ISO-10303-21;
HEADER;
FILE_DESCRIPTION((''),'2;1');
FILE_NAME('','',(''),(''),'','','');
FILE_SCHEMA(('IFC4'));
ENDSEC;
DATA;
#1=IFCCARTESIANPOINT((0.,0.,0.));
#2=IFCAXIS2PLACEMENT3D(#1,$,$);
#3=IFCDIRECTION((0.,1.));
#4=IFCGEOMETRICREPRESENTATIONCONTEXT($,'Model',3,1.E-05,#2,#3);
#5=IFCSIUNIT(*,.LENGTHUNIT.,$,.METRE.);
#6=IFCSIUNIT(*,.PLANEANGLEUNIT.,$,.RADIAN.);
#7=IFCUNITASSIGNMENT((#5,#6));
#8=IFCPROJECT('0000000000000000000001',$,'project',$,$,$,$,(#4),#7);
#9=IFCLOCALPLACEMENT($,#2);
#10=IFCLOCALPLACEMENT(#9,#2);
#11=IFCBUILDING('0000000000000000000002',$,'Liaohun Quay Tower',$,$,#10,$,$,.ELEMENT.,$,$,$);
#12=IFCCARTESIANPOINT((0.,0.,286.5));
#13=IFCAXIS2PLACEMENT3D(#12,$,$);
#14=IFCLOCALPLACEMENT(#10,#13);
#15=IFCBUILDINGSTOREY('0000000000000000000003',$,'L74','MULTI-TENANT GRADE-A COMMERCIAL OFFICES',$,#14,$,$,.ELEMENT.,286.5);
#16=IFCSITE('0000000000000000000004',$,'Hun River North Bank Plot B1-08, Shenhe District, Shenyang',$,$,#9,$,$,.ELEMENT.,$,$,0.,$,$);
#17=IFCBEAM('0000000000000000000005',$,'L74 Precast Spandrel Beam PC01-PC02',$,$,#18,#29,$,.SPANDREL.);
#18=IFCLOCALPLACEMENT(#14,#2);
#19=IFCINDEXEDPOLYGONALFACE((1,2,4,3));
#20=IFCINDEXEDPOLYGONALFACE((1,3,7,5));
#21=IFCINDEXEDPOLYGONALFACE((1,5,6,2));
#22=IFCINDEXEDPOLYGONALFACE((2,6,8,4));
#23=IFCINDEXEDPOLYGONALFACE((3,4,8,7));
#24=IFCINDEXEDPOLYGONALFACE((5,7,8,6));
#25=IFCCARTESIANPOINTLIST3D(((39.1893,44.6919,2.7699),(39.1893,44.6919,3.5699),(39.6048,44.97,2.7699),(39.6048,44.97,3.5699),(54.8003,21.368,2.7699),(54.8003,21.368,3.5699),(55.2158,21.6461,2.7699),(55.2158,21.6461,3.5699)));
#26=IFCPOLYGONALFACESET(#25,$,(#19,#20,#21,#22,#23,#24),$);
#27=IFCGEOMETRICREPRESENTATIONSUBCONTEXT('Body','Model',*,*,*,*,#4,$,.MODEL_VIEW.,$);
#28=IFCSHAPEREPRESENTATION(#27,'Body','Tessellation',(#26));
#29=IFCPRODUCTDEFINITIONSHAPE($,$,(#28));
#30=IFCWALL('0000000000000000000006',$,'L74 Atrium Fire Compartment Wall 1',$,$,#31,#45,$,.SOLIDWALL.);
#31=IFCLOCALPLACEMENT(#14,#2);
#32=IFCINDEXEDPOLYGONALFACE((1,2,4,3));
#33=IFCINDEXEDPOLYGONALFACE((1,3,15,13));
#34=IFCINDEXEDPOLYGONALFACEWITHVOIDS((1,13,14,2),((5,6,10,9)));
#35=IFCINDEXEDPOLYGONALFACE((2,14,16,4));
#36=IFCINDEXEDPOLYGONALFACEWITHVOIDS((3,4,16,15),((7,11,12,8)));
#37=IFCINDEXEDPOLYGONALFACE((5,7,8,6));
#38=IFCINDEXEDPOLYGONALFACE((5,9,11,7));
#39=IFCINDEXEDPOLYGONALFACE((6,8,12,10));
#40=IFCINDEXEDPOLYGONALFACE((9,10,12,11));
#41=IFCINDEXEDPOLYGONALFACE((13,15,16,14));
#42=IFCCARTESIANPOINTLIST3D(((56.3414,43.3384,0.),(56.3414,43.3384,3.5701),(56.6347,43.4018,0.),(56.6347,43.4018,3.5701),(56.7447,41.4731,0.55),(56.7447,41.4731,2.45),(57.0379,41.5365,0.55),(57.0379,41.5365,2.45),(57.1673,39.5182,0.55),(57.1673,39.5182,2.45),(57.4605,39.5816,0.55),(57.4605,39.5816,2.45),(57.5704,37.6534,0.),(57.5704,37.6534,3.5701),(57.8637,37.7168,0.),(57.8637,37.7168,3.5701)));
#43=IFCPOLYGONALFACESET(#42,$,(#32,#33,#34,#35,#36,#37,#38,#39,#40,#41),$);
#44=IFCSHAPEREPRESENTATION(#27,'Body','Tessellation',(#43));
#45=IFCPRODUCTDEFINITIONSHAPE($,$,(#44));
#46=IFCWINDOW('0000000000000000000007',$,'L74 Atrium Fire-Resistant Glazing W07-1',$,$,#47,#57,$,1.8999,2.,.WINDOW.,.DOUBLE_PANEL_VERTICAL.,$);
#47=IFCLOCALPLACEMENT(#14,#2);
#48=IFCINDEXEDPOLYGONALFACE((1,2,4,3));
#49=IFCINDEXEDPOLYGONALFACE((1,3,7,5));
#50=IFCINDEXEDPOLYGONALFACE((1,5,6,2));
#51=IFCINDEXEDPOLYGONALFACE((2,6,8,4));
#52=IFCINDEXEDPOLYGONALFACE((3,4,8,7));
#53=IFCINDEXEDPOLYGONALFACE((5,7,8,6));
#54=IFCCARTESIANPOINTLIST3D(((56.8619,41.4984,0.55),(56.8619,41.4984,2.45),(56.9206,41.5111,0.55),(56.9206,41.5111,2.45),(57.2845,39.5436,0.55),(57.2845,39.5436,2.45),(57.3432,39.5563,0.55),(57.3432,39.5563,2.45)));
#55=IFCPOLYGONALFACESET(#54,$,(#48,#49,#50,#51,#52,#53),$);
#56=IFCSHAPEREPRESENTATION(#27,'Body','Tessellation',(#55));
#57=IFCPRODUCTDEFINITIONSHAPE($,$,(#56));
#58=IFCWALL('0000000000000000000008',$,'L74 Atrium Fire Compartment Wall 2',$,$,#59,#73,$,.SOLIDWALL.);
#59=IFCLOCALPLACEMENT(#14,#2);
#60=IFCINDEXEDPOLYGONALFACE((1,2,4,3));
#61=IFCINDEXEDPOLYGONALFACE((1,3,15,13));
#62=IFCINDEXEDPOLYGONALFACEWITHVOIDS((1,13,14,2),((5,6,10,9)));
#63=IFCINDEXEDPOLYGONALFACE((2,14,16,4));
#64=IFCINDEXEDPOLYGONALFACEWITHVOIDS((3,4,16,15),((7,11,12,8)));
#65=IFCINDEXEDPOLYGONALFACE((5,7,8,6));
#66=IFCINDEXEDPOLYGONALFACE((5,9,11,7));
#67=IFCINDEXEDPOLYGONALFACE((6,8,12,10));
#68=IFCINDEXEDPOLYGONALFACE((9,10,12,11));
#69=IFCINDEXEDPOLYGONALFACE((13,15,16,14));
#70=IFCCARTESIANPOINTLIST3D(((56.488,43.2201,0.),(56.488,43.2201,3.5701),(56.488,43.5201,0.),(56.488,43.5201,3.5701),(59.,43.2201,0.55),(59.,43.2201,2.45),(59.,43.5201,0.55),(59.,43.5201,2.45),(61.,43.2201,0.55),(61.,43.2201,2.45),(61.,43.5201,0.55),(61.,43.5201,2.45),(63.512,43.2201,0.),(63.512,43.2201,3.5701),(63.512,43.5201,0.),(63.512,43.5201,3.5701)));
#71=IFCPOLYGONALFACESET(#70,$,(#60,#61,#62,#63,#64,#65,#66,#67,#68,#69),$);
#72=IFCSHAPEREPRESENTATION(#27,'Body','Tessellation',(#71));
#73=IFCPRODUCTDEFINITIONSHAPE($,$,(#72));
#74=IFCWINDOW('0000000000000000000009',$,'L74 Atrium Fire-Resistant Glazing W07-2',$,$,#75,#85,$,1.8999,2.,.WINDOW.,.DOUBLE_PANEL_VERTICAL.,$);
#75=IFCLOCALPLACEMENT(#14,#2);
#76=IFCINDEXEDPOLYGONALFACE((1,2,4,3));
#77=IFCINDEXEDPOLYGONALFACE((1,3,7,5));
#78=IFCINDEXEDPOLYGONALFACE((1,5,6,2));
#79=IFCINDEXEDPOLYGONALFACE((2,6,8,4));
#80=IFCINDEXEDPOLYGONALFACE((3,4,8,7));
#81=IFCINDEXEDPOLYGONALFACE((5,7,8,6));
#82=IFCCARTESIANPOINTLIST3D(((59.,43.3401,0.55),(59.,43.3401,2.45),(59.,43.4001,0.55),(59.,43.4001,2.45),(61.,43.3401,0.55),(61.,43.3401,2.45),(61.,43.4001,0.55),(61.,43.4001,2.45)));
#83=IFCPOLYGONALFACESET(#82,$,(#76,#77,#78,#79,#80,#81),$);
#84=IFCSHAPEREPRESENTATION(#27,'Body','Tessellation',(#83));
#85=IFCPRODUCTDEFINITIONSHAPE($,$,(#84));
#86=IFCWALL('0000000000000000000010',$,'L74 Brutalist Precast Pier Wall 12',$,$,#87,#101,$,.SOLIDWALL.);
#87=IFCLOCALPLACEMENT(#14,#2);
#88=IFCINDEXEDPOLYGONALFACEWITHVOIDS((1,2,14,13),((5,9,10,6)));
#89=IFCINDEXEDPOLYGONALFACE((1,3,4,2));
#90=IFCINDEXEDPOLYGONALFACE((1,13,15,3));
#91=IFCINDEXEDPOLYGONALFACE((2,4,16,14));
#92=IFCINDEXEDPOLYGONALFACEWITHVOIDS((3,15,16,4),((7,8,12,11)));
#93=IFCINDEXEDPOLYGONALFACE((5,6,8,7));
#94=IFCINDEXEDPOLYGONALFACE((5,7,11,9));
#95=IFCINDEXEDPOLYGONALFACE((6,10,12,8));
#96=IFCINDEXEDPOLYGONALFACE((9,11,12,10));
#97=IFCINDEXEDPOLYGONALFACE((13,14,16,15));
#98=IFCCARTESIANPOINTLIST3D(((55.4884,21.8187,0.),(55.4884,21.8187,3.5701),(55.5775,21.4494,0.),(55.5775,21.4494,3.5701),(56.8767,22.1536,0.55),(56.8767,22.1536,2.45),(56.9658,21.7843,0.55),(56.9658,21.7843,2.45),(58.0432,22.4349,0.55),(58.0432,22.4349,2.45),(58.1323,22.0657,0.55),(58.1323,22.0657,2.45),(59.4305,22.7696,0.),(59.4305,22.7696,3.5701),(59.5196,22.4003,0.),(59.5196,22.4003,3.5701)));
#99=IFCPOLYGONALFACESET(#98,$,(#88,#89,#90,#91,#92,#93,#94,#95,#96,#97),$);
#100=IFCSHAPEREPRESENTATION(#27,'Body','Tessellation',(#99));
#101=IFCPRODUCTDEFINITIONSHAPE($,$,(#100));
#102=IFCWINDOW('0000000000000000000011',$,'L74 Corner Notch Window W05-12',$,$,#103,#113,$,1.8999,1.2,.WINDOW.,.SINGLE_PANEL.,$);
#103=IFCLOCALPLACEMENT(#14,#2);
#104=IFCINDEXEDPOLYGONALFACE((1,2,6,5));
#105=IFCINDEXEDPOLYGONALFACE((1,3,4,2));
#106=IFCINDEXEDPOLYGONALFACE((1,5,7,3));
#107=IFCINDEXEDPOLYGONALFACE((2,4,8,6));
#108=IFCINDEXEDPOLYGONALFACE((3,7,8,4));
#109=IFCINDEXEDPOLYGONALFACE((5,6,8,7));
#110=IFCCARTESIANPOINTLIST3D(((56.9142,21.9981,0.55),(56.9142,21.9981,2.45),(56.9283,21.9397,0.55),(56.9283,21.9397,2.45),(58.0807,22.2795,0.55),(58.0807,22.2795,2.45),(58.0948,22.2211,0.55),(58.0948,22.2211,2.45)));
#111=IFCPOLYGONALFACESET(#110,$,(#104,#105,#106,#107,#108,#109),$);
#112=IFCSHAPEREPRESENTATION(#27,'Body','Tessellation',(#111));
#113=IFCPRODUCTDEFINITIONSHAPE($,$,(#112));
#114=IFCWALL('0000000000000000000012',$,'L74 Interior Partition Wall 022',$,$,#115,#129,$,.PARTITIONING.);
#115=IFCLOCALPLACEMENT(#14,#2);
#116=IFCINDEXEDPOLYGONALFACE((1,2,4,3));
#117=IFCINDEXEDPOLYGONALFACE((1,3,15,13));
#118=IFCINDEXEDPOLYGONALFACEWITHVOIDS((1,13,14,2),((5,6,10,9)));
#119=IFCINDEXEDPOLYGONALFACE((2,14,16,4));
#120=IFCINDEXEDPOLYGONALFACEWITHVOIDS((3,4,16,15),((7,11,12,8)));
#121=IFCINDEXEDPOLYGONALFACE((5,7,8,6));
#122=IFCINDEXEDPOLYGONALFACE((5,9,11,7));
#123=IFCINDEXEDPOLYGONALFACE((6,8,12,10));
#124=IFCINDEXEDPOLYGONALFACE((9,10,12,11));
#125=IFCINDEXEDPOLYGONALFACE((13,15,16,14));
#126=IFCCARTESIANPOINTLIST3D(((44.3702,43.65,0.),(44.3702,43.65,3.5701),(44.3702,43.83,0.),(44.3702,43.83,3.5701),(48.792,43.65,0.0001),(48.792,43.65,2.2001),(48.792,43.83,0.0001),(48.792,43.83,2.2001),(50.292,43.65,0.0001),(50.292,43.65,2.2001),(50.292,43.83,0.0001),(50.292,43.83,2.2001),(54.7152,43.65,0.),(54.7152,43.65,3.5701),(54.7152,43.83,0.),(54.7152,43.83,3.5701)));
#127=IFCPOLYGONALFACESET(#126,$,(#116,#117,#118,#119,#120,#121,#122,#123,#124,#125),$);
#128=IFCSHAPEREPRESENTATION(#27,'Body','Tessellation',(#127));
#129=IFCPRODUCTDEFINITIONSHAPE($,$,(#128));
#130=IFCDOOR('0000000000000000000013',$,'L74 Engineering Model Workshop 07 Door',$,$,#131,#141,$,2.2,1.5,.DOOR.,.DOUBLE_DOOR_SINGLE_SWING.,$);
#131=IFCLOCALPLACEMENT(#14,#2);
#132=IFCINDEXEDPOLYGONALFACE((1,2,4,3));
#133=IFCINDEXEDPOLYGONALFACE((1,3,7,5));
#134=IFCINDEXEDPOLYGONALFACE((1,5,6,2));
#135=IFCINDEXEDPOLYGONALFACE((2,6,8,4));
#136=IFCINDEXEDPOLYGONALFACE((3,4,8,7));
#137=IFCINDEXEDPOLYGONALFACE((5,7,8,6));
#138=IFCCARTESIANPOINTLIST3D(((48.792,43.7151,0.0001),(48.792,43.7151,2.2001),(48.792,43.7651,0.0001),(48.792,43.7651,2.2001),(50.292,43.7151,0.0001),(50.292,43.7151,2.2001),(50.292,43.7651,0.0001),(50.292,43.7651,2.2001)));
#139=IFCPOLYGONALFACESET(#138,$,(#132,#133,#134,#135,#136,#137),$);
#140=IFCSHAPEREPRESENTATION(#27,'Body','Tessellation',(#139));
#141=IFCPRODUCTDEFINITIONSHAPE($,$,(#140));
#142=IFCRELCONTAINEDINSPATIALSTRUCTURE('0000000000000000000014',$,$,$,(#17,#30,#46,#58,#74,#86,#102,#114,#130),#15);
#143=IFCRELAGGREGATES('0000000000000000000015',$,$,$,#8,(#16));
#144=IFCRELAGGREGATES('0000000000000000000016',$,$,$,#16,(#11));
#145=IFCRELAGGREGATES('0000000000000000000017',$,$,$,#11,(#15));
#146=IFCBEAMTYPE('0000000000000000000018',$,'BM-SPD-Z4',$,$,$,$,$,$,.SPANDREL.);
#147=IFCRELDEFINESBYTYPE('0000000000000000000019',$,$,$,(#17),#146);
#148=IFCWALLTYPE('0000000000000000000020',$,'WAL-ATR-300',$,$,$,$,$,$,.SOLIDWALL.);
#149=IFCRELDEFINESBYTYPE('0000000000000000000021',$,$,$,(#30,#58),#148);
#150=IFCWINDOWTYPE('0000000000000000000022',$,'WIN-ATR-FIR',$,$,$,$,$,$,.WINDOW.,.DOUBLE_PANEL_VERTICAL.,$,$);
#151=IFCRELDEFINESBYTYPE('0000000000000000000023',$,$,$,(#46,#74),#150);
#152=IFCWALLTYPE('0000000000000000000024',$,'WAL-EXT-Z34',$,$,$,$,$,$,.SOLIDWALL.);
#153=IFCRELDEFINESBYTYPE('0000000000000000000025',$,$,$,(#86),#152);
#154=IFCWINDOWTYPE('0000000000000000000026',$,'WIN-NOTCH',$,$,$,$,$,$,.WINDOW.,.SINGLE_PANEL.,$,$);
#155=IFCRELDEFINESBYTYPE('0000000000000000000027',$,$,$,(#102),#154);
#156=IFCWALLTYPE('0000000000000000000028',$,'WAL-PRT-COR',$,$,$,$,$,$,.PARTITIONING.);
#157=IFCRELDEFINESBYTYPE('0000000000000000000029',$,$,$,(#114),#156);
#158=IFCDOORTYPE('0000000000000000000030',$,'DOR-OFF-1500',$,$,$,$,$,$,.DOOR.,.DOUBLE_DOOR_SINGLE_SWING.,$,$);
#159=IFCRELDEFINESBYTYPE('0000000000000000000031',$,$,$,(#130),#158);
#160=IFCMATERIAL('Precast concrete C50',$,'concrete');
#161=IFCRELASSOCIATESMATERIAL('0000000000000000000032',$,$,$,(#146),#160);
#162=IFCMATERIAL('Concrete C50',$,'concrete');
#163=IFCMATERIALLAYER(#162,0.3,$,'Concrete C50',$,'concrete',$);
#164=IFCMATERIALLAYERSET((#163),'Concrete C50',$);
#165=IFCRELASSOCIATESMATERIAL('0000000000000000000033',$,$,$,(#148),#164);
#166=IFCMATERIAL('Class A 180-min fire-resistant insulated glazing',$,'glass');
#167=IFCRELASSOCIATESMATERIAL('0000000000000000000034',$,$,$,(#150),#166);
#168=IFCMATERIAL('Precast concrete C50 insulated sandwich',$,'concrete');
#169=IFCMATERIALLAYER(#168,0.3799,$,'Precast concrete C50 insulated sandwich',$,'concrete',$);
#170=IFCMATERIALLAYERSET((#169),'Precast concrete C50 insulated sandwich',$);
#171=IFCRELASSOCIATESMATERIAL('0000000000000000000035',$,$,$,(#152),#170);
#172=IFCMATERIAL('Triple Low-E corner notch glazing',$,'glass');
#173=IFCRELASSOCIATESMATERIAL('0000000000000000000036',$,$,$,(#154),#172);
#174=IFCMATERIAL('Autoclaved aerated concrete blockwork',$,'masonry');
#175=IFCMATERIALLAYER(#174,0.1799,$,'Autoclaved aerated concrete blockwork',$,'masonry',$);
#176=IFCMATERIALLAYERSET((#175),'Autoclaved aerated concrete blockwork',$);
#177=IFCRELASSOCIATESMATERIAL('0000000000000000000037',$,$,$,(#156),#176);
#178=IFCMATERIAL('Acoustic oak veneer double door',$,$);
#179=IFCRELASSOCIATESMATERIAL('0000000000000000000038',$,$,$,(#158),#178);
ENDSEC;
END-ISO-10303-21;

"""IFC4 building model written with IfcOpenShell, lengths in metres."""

from ifc_helpers import new_model, si_unit, direction, frame, frame_2d, origin, origin_2d, place, context, subcontext, project, spatial, rectangle, extrude, source, transform, mapped, material, layer, layer_set, material_profile, profile_set, type_object, element, fill, save


model = new_model("IFC4")

# Units and contexts
model_context = context("Model", 3, precision=1e-05, world=origin(), true_north=direction((0.0, 1.0)))
body_context = subcontext(model_context, "Body", "Model", "MODEL_VIEW")
ifc_project = project(units=[si_unit("LENGTHUNIT", "METRE"), si_unit("PLANEANGLEUNIT", "RADIAN")], contexts=[model_context])

# Site, building, storey
site_placement = place(None, origin())
site = spatial("IfcSite", under=ifc_project, at=site_placement, Name="Hun River North Bank Plot B1-08, Shenhe District, Shenyang", CompositionType="ELEMENT", RefElevation=0.0)
building_placement = place(site_placement, origin())
building = spatial("IfcBuilding", under=site, at=building_placement, Name="Liaohun Quay Tower", CompositionType="ELEMENT")
storey_placement = place(building_placement, frame((0.0, 0.0, 286.5)))
storey = spatial("IfcBuildingStorey", under=building, at=storey_placement, Name="L74", Description="MULTI-TENANT GRADE-A COMMERCIAL OFFICES", CompositionType="ELEMENT", Elevation=286.5)

# Shared definitions
ifc_material_1 = material(Name="Concrete C50", Category="concrete")

# Beam
ifc_material_2 = material(Name="Precast concrete C50", Category="concrete")
ifc_material_profile_1 = material_profile(ifc_material_2, rectangle(XDim=0.5, YDim=0.8, at=origin_2d()), Name="RC500x800")
ifc_profile_set_1 = profile_set([ifc_material_profile_1], Name="Precast concrete C50")
beam_type_1 = type_object("IfcBeamType", Name="BM-SPD-Z4", PredefinedType="SPANDREL", material=ifc_profile_set_1)
shared_shape_1 = source(origin(), body_context, "Body", "SweptSolid", [
    extrude(rectangle(XDim=0.5, YDim=0.8, at=origin_2d()), origin(), (0.0, 0.0, 1.0), 28.0662),
])
beam_1_placement = place(storey_placement, frame((55.0081, 21.5071, 3.1699), z_axis=(-0.556223, 0.831033, 0.0), x_axis=(-0.831033, -0.556223, 0.0)))
element("IfcBeam", 1, at=beam_1_placement, inside=storey, type_object=beam_type_1, Name="L74 Precast Spandrel Beam PC01-PC02", PredefinedType="SPANDREL", context=body_context, shape_type="MappedRepresentation", body=[
    mapped(shared_shape_1, transform((0.0, 0.0, 0.0), x_axis=(1.0, 0.0, 0.0), y_axis=(0.0, 1.0, 0.0), z_axis=(0.0, 0.0, 1.0), scale=1.0)),
])

# Walls, openings, windows
ifc_layer_1 = layer(ifc_material_1, 0.3, Name="Concrete C50", Category="concrete")
ifc_layer_set_1 = layer_set([ifc_layer_1], Name="Concrete C50")
wall_type_1 = type_object("IfcWallType", Name="WAL-ATR-300", PredefinedType="SOLIDWALL", material=ifc_layer_set_1)
wall_1_placement = place(storey_placement, frame((57.717, 37.6851, 0.0), z_axis=(0.0, 0.0, 1.0), x_axis=(-0.2113, 0.977421, 0.0)))
wall_1 = element("IfcWall", 2, at=wall_1_placement, inside=storey, type_object=wall_type_1, Name="L74 Atrium Fire Compartment Wall 1", PredefinedType="SOLIDWALL", context=body_context, shape_type="SweptSolid", body=[
    extrude(rectangle(XDim=5.8164, YDim=0.3, at=frame_2d((2.9082, 0.0))), origin(), (0.0, 0.0, 1.0), 3.5701),
])
shared_shape_2 = source(origin(), body_context, "Body", "SweptSolid", [
    extrude(rectangle(XDim=2.0, YDim=1.8999, at=frame_2d((1.0, 0.95))), frame((0.0, 0.1599, 0.0), z_axis=(0.0, -1.0, 0.0), x_axis=(1.0, 0.0, 0.0)), (0.0, 0.0, 1.0), 0.3201),
])
opening_1_placement = place(wall_1_placement, frame((1.908, 0.0, 0.55)))
opening_1 = element("IfcOpeningElement", 3, at=opening_1_placement, cuts=wall_1, PredefinedType="OPENING", context=body_context, shape_type="MappedRepresentation", body=[
    mapped(shared_shape_2, transform((0.0, 0.0, 0.0), x_axis=(1.0, 0.0, 0.0), y_axis=(0.0, 1.0, 0.0), z_axis=(0.0, 0.0, 1.0), scale=1.0)),
])
ifc_material_3 = material(Name="Class A 180-min fire-resistant insulated glazing", Category="glass")
window_type_1 = type_object("IfcWindowType", Name="WIN-ATR-FIR", PartitioningType="DOUBLE_PANEL_VERTICAL", PredefinedType="WINDOW", material=ifc_material_3)
shared_shape_3 = source(origin(), body_context, "Body", "SweptSolid", [
    extrude(rectangle(XDim=2.0, YDim=1.8999, at=frame_2d((1.0, 0.95))), frame((0.0, 0.03, 0.0), z_axis=(0.0, -1.0, 0.0), x_axis=(1.0, 0.0, 0.0)), (0.0, 0.0, 1.0), 0.0601),
])
window_1_placement = place(opening_1_placement, origin())
window_1 = element("IfcWindow", 4, at=window_1_placement, inside=storey, type_object=window_type_1, Name="L74 Atrium Fire-Resistant Glazing W07-1", OverallHeight=1.8999, OverallWidth=2.0, PartitioningType="DOUBLE_PANEL_VERTICAL", PredefinedType="WINDOW", context=body_context, shape_type="MappedRepresentation", body=[
    mapped(shared_shape_3, transform((0.0, 0.0, 0.0), x_axis=(1.0, 0.0, 0.0), y_axis=(0.0, 1.0, 0.0), z_axis=(0.0, 0.0, 1.0), scale=1.0)),
])
fill(opening_1, window_1)
wall_2_placement = place(storey_placement, frame((56.488, 43.3701, 0.0), z_axis=(0.0, 0.0, 1.0), x_axis=(1.0, 0.0, 0.0)))
wall_2 = element("IfcWall", 5, at=wall_2_placement, inside=storey, type_object=wall_type_1, Name="L74 Atrium Fire Compartment Wall 2", PredefinedType="SOLIDWALL", context=body_context, shape_type="SweptSolid", body=[
    extrude(rectangle(XDim=7.0239, YDim=0.3, at=frame_2d((3.512, 0.0))), origin(), (0.0, 0.0, 1.0), 3.5701),
])
opening_2_placement = place(wall_2_placement, frame((2.512, 0.0, 0.55)))
opening_2 = element("IfcOpeningElement", 6, at=opening_2_placement, cuts=wall_2, PredefinedType="OPENING", context=body_context, shape_type="MappedRepresentation", body=[
    mapped(shared_shape_2, transform((0.0, 0.0, 0.0), x_axis=(1.0, 0.0, 0.0), y_axis=(0.0, 1.0, 0.0), z_axis=(0.0, 0.0, 1.0), scale=1.0)),
])
window_2_placement = place(opening_2_placement, origin())
window_2 = element("IfcWindow", 7, at=window_2_placement, inside=storey, type_object=window_type_1, Name="L74 Atrium Fire-Resistant Glazing W07-2", OverallHeight=1.8999, OverallWidth=2.0, PartitioningType="DOUBLE_PANEL_VERTICAL", PredefinedType="WINDOW", context=body_context, shape_type="MappedRepresentation", body=[
    mapped(shared_shape_3, transform((0.0, 0.0, 0.0), x_axis=(1.0, 0.0, 0.0), y_axis=(0.0, 1.0, 0.0), z_axis=(0.0, 0.0, 1.0), scale=1.0)),
])
fill(opening_2, window_2)
ifc_material_4 = material(Name="Precast concrete C50 insulated sandwich", Category="concrete")
ifc_layer_2 = layer(ifc_material_4, 0.3799, Name="Precast concrete C50 insulated sandwich", Category="concrete")
ifc_layer_set_2 = layer_set([ifc_layer_2], Name="Precast concrete C50 insulated sandwich")
wall_type_2 = type_object("IfcWallType", Name="WAL-EXT-Z34", PredefinedType="SOLIDWALL", material=ifc_layer_set_2)
wall_3_placement = place(storey_placement, frame((55.533, 21.634, 0.0), z_axis=(0.0, 0.0, 1.0), x_axis=(0.972117, 0.234495, 0.0)))
wall_3 = element("IfcWall", 8, at=wall_3_placement, inside=storey, type_object=wall_type_2, Name="L74 Brutalist Precast Pier Wall 12", PredefinedType="SOLIDWALL", context=body_context, shape_type="SweptSolid", body=[
    extrude(rectangle(XDim=4.0552, YDim=0.3799, at=frame_2d((2.0276, 0.0))), origin(), (0.0, 0.0, 1.0), 3.5701),
])
shared_shape_4 = source(origin(), body_context, "Body", "SweptSolid", [
    extrude(rectangle(XDim=1.2, YDim=1.8999, at=frame_2d((0.6001, 0.95))), frame((0.0, 0.2, 0.0), z_axis=(0.0, -1.0, 0.0), x_axis=(1.0, 0.0, 0.0)), (0.0, 0.0, 1.0), 0.3999),
])
opening_3_placement = place(wall_3_placement, frame((1.428, 0.0, 0.55)))
opening_3 = element("IfcOpeningElement", 9, at=opening_3_placement, cuts=wall_3, PredefinedType="OPENING", context=body_context, shape_type="MappedRepresentation", body=[
    mapped(shared_shape_4, transform((0.0, 0.0, 0.0), x_axis=(1.0, 0.0, 0.0), y_axis=(0.0, 1.0, 0.0), z_axis=(0.0, 0.0, 1.0), scale=1.0)),
])
ifc_material_5 = material(Name="Triple Low-E corner notch glazing", Category="glass")
window_type_2 = type_object("IfcWindowType", Name="WIN-NOTCH", PartitioningType="SINGLE_PANEL", PredefinedType="WINDOW", material=ifc_material_5)
shared_shape_5 = source(origin(), body_context, "Body", "SweptSolid", [
    extrude(rectangle(XDim=1.2, YDim=1.8999, at=frame_2d((0.6001, 0.95))), frame((0.0, 0.03, 0.0), z_axis=(0.0, -1.0, 0.0), x_axis=(1.0, 0.0, 0.0)), (0.0, 0.0, 1.0), 0.0601),
])
window_3_placement = place(opening_3_placement, origin())
window_3 = element("IfcWindow", 10, at=window_3_placement, inside=storey, type_object=window_type_2, Name="L74 Corner Notch Window W05-12", OverallHeight=1.8999, OverallWidth=1.2, PartitioningType="SINGLE_PANEL", PredefinedType="WINDOW", context=body_context, shape_type="MappedRepresentation", body=[
    mapped(shared_shape_5, transform((0.0, 0.0, 0.0), x_axis=(1.0, 0.0, 0.0), y_axis=(0.0, 1.0, 0.0), z_axis=(0.0, 0.0, 1.0), scale=1.0)),
])
fill(opening_3, window_3)

# Wall, opening, door
ifc_material_6 = material(Name="Autoclaved aerated concrete blockwork", Category="masonry")
ifc_layer_3 = layer(ifc_material_6, 0.1799, Name="Autoclaved aerated concrete blockwork", Category="masonry")
ifc_layer_set_3 = layer_set([ifc_layer_3], Name="Autoclaved aerated concrete blockwork")
wall_type_3 = type_object("IfcWallType", Name="WAL-PRT-COR", PredefinedType="PARTITIONING", material=ifc_layer_set_3)
wall_4_placement = place(storey_placement, frame((54.7151, 43.74, 0.0), z_axis=(0.0, 0.0, 1.0), x_axis=(-1.0, 0.0, 0.0)))
wall_4 = element("IfcWall", 11, at=wall_4_placement, inside=storey, type_object=wall_type_3, Name="L74 Interior Partition Wall 022", PredefinedType="PARTITIONING", context=body_context, shape_type="SweptSolid", body=[
    extrude(rectangle(XDim=10.345, YDim=0.1799, at=frame_2d((5.1724, 0.0))), origin(), (0.0, 0.0, 1.0), 3.5701),
])
shared_shape_6 = source(origin(), body_context, "Body", "SweptSolid", [
    extrude(rectangle(XDim=1.5, YDim=2.2, at=frame_2d((0.75, 1.1001))), frame((0.0, 0.0999, 0.0), z_axis=(0.0, -1.0, 0.0), x_axis=(1.0, 0.0, 0.0)), (0.0, 0.0, 1.0), 0.2),
])
opening_4_placement = place(wall_4_placement, frame((4.4231, 0.0, 0.0)))
opening_4 = element("IfcOpeningElement", 12, at=opening_4_placement, cuts=wall_4, PredefinedType="OPENING", context=body_context, shape_type="MappedRepresentation", body=[
    mapped(shared_shape_6, transform((0.0, 0.0, 0.0), x_axis=(1.0, 0.0, 0.0), y_axis=(0.0, 1.0, 0.0), z_axis=(0.0, 0.0, 1.0), scale=1.0)),
])
ifc_material_7 = material(Name="Acoustic oak veneer double door")
door_type = type_object("IfcDoorType", Name="DOR-OFF-1500", OperationType="DOUBLE_DOOR_SINGLE_SWING", PredefinedType="DOOR", material=ifc_material_7)
shared_shape_7 = source(origin(), body_context, "Body", "SweptSolid", [
    extrude(rectangle(XDim=1.5, YDim=2.2, at=frame_2d((0.75, 1.1001))), frame((0.0, 0.0249, 0.0), z_axis=(0.0, -1.0, 0.0), x_axis=(1.0, 0.0, 0.0)), (0.0, 0.0, 1.0), 0.05),
])
door_placement = place(opening_4_placement, origin())
door = element("IfcDoor", 13, at=door_placement, inside=storey, type_object=door_type, Name="L74 Engineering Model Workshop 07 Door", OperationType="DOUBLE_DOOR_SINGLE_SWING", OverallHeight=2.2, OverallWidth=1.5, PredefinedType="DOOR", context=body_context, shape_type="MappedRepresentation", body=[
    mapped(shared_shape_7, transform((0.0, 0.0, 0.0), x_axis=(1.0, 0.0, 0.0), y_axis=(0.0, 1.0, 0.0), z_axis=(0.0, 0.0, 1.0), scale=1.0)),
])
fill(opening_4, door)

save(model, "model.ifc")
